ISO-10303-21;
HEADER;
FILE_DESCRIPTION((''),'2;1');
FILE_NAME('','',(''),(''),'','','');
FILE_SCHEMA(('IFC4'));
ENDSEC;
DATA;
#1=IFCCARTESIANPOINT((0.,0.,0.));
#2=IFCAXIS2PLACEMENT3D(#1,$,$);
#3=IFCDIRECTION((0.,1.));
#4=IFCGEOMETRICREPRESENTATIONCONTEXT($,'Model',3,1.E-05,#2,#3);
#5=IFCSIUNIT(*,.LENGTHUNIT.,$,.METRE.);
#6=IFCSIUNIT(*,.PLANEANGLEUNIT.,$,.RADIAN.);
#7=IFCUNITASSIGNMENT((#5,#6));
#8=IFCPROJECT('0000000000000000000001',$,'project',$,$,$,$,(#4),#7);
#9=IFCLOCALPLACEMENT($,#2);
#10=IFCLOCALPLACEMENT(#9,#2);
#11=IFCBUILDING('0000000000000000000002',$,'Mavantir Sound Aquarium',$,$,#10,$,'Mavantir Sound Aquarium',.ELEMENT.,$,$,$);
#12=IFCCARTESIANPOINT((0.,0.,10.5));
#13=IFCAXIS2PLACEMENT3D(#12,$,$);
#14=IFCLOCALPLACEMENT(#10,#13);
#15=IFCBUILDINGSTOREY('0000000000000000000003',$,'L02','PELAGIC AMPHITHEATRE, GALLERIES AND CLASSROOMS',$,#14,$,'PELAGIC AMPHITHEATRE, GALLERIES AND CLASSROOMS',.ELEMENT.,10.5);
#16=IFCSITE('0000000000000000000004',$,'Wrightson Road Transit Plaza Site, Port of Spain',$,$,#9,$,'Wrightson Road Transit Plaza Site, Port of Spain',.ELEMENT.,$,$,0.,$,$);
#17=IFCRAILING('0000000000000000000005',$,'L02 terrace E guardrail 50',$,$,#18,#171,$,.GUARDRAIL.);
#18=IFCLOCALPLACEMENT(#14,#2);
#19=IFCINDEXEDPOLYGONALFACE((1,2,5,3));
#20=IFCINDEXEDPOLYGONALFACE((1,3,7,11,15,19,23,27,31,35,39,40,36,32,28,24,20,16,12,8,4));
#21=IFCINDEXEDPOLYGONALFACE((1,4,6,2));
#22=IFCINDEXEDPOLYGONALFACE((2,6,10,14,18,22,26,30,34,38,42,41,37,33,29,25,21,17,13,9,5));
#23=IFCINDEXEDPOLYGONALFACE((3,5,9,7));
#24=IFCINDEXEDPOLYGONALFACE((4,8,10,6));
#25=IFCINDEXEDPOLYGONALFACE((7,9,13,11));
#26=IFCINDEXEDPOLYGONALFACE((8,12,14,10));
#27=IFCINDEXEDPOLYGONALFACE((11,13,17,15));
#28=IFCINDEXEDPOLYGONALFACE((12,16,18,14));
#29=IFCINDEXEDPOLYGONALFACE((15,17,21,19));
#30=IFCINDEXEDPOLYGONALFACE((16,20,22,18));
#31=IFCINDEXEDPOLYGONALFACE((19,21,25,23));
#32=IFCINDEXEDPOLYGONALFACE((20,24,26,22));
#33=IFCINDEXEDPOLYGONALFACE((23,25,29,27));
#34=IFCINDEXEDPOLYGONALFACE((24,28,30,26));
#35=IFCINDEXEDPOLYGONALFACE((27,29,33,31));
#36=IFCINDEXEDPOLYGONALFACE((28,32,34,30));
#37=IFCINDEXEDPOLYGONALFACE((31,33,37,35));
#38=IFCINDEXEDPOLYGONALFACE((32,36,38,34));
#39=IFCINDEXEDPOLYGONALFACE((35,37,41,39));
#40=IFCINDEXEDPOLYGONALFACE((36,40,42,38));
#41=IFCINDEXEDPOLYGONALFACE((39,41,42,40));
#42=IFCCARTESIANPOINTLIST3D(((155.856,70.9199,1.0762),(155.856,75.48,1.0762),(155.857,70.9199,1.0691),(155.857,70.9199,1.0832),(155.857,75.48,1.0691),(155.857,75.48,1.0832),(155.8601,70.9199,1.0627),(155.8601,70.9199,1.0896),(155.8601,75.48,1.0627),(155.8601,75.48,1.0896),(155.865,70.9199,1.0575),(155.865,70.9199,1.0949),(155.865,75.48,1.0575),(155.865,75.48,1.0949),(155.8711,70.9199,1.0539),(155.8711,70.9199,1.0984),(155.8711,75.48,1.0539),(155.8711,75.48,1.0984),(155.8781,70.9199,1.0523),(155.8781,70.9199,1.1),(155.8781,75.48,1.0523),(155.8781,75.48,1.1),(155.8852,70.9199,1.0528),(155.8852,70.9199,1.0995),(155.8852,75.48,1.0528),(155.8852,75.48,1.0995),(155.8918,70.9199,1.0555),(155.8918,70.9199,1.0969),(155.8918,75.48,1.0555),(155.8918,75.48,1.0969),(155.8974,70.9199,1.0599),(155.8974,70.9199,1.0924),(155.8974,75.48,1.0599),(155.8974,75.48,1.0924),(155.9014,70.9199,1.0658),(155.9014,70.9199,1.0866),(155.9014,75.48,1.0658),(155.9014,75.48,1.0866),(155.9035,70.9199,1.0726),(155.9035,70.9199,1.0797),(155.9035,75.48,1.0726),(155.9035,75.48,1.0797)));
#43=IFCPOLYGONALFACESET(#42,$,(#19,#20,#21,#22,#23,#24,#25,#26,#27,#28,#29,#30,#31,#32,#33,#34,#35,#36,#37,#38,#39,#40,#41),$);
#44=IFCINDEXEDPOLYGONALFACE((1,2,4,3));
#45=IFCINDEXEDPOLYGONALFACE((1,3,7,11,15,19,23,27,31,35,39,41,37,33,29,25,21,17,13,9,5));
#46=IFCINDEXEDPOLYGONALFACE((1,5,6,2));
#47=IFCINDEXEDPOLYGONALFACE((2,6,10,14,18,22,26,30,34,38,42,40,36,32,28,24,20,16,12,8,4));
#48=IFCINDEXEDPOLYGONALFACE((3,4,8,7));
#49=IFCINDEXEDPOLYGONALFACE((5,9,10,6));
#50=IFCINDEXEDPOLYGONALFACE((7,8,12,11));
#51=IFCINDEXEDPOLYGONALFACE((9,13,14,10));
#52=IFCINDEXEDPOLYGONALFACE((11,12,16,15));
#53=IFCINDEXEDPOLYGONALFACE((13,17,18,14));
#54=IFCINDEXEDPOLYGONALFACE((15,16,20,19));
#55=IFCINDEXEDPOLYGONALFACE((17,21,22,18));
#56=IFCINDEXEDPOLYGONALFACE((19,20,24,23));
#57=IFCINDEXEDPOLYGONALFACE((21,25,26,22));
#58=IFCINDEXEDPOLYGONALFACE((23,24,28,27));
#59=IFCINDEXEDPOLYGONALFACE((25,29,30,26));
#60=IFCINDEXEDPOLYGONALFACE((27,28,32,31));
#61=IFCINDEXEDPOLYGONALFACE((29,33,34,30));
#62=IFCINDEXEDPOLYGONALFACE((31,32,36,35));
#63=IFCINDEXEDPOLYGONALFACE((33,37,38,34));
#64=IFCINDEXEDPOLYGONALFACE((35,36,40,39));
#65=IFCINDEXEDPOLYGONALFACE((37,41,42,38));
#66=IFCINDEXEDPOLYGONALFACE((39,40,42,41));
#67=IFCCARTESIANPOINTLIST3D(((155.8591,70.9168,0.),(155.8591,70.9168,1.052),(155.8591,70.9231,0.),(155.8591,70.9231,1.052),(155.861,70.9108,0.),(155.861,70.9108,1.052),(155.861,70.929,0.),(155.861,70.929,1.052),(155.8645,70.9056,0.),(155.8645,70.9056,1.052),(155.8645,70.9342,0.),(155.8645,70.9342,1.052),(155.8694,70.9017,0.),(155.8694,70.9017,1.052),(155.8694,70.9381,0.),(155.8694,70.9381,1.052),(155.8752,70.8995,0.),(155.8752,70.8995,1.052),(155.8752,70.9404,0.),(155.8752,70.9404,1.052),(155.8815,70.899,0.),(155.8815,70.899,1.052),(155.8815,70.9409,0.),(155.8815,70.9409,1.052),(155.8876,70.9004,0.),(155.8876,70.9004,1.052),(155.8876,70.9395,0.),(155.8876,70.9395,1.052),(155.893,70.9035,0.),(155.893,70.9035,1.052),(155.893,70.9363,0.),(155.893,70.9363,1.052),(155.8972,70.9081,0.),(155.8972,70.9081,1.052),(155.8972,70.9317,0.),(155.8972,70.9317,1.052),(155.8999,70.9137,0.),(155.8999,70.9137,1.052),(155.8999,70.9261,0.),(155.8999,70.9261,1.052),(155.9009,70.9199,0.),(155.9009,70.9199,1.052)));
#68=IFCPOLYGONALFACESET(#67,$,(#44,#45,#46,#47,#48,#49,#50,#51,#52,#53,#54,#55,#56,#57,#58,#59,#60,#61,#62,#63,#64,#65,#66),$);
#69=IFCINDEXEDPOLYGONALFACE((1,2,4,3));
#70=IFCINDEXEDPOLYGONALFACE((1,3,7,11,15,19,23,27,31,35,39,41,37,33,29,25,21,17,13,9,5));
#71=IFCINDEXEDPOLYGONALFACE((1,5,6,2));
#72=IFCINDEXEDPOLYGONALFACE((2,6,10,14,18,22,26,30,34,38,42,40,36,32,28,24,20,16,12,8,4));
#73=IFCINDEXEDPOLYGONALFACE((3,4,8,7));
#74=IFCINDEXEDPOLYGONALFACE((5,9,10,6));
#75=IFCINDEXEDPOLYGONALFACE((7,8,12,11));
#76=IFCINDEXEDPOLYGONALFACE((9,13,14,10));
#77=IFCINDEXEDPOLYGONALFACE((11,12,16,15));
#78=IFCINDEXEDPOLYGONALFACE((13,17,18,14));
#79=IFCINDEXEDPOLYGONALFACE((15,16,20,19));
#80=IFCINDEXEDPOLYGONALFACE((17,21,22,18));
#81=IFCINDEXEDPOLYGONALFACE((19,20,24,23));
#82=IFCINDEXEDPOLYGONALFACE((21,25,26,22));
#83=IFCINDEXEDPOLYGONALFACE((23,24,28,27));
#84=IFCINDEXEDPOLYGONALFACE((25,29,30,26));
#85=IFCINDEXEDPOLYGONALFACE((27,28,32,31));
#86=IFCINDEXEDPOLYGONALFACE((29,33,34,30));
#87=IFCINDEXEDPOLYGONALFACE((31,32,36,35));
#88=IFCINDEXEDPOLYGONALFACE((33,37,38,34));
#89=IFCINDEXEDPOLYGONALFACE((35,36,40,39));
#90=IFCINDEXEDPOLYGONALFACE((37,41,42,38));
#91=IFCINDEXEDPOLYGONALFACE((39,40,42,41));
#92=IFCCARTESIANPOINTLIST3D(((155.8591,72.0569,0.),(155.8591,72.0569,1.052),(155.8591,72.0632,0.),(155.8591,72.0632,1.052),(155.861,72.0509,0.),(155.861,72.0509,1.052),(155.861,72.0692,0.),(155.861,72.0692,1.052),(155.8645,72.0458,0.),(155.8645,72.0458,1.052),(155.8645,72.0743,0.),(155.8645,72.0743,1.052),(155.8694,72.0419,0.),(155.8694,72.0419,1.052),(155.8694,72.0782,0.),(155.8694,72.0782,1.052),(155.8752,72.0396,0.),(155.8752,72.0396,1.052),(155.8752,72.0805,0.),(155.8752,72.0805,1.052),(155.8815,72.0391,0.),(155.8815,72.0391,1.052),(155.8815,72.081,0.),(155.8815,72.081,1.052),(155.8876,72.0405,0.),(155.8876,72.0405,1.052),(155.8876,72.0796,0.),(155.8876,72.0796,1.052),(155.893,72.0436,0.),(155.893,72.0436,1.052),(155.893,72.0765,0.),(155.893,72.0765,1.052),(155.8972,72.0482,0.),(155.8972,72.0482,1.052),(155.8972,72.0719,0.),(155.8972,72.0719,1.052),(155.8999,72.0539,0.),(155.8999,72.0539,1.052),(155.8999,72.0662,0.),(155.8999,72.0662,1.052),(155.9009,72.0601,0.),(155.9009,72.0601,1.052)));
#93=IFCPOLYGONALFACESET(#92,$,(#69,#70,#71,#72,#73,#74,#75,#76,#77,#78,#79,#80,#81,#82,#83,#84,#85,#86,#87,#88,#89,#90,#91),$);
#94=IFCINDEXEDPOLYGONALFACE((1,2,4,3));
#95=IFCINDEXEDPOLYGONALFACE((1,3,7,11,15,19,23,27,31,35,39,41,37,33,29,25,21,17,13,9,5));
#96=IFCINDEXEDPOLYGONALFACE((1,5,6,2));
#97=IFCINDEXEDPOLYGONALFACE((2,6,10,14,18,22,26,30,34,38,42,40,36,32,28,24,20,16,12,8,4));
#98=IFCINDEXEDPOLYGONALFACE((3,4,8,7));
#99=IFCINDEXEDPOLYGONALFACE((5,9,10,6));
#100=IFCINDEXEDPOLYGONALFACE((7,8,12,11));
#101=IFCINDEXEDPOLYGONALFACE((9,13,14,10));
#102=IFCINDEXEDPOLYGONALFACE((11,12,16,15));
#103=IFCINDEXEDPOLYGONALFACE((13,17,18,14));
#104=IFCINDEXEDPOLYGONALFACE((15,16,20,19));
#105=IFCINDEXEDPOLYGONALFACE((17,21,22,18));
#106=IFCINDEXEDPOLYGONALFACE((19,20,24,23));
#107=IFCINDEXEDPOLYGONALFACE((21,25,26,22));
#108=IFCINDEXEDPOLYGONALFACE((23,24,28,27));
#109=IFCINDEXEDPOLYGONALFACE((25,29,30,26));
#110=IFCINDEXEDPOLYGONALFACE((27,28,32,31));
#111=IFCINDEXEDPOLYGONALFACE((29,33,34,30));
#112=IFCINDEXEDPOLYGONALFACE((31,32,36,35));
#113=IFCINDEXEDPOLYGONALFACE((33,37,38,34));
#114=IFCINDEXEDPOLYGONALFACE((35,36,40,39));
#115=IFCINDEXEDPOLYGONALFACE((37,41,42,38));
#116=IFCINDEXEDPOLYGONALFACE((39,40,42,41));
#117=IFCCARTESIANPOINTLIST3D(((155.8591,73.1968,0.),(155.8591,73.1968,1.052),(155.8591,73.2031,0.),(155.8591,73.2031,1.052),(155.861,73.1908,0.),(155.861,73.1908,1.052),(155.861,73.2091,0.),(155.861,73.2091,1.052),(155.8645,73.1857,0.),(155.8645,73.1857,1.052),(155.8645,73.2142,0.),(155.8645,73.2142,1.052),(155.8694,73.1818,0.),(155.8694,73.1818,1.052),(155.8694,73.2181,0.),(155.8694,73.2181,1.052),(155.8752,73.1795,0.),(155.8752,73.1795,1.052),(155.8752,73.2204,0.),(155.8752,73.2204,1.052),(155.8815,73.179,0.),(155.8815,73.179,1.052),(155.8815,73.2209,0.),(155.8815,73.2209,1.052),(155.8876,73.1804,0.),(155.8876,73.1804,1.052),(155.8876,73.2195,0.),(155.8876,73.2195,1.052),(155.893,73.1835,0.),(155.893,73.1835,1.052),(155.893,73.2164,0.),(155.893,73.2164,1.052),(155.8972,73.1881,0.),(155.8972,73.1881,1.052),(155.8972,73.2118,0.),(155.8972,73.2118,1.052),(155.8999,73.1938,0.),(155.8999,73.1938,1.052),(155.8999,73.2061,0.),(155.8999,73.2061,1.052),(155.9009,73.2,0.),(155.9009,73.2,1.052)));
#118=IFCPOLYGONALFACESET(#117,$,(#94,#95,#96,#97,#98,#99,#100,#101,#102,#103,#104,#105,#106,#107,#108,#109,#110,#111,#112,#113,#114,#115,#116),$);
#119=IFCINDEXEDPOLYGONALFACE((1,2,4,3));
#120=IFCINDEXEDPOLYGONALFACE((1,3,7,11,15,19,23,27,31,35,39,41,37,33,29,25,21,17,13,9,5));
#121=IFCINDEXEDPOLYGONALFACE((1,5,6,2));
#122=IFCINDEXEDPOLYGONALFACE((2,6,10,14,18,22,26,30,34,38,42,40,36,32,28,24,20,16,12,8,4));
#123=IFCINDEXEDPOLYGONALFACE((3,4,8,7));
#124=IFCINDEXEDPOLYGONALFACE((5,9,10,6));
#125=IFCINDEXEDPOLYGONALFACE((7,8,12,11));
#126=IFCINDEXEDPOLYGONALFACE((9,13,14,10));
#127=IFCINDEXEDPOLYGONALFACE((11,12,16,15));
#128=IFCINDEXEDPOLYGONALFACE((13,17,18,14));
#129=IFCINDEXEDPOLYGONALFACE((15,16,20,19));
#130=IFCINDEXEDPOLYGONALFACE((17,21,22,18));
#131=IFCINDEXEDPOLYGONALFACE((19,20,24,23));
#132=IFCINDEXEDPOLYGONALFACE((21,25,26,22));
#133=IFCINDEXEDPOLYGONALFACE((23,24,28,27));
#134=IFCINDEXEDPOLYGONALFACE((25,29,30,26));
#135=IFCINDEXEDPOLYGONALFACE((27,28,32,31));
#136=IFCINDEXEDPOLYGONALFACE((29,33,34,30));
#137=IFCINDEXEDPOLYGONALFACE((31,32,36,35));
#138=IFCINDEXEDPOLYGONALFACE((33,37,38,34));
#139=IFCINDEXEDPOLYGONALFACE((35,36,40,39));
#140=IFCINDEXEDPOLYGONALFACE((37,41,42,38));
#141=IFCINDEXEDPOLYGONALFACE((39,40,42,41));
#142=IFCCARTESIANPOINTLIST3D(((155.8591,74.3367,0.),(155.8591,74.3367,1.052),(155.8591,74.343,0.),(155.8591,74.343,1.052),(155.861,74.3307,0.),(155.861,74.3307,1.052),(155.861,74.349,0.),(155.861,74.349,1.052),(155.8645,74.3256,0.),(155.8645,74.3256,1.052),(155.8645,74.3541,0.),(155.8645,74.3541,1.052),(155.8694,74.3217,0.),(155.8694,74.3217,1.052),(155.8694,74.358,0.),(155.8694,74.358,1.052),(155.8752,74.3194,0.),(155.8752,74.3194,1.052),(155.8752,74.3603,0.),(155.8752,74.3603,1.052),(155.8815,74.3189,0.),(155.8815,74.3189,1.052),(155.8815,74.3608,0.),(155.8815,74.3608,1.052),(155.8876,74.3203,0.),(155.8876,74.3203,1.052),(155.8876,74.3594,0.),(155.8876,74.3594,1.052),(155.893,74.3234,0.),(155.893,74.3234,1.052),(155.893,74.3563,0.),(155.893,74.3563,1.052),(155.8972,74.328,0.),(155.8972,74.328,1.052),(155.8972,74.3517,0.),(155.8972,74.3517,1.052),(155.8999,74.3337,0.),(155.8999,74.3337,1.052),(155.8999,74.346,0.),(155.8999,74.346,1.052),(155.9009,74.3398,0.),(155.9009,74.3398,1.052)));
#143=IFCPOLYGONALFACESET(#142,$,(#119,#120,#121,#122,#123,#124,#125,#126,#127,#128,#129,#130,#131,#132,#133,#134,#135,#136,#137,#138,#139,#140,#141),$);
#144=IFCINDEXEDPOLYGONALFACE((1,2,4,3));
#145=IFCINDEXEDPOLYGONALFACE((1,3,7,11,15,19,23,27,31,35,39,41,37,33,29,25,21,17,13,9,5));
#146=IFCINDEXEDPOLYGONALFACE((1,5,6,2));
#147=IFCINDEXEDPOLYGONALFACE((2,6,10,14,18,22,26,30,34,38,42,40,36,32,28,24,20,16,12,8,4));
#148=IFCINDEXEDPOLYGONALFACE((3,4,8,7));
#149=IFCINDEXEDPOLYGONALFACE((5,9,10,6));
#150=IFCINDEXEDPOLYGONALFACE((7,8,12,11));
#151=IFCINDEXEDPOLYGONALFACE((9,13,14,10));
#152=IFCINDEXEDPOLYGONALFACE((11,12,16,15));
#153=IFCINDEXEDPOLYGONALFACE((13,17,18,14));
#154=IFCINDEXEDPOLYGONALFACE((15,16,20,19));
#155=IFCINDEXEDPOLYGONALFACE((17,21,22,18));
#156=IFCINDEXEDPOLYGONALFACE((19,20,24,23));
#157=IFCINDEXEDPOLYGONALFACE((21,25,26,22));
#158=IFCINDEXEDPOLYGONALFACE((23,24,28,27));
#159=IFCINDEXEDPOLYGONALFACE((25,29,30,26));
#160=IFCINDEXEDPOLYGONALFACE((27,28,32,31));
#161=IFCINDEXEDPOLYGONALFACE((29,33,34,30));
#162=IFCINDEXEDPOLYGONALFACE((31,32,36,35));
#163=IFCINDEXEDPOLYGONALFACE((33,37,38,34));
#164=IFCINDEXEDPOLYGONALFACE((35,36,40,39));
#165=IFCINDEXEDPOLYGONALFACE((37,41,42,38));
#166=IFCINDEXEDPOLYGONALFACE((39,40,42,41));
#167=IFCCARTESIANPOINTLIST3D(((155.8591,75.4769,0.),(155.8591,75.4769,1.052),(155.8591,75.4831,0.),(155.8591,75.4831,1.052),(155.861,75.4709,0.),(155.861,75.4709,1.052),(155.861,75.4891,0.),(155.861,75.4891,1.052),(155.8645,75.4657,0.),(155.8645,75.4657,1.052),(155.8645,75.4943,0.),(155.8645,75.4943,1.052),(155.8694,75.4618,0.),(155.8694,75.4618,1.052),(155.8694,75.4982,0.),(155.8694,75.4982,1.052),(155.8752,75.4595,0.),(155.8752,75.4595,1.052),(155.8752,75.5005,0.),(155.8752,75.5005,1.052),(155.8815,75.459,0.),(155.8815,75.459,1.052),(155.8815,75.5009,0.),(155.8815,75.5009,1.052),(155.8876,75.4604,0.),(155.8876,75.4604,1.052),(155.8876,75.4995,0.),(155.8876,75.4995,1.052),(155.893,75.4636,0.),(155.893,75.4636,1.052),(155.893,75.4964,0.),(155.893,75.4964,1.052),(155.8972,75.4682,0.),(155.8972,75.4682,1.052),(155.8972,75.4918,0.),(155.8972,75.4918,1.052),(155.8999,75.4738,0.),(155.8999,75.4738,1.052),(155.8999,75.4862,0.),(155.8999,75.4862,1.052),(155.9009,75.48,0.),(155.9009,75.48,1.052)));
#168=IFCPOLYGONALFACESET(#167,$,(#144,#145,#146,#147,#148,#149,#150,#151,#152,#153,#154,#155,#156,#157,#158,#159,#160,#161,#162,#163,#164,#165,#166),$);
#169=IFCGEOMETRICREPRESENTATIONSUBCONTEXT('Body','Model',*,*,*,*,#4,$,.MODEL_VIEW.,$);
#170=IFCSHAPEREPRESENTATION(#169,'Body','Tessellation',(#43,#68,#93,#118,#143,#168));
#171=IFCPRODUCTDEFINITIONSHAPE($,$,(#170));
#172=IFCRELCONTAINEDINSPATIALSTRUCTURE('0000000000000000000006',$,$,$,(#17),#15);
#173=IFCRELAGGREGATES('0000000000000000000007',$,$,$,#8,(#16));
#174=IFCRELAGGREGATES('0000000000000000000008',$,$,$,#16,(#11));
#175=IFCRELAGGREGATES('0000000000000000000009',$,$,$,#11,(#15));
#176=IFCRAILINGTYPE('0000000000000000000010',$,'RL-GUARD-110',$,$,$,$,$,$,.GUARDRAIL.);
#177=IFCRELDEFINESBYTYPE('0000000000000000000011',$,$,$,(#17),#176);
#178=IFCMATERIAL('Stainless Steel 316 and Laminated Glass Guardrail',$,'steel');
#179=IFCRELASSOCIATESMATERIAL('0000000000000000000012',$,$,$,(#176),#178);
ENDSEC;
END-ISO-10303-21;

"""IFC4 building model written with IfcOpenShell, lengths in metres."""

from ifc_helpers import new_model, si_unit, direction, frame, origin, origin_2d, place, context, subcontext, project, spatial, circle, extrude, material, type_object, element, save


model = new_model("IFC4")

# Units and contexts
model_context = context("Model", 3, precision=1e-05, world=origin(), true_north=direction((0.0, 1.0)))
body_context = subcontext(model_context, "Body", "Model", "MODEL_VIEW")
ifc_project = project(units=[si_unit("LENGTHUNIT", "METRE"), si_unit("PLANEANGLEUNIT", "RADIAN")], contexts=[model_context])

# Site, building, storey
site_placement = place(None, origin())
site = spatial("IfcSite", under=ifc_project, at=site_placement, Name="Wrightson Road Transit Plaza Site, Port of Spain", LongName="Wrightson Road Transit Plaza Site, Port of Spain", CompositionType="ELEMENT", RefElevation=0.0)
building_placement = place(site_placement, origin())
building = spatial("IfcBuilding", under=site, at=building_placement, Name="Mavantir Sound Aquarium", LongName="Mavantir Sound Aquarium", CompositionType="ELEMENT")
storey_placement = place(building_placement, frame((0.0, 0.0, 10.5)))
storey = spatial("IfcBuildingStorey", under=building, at=storey_placement, Name="L02", Description="PELAGIC AMPHITHEATRE, GALLERIES AND CLASSROOMS", LongName="PELAGIC AMPHITHEATRE, GALLERIES AND CLASSROOMS", CompositionType="ELEMENT", Elevation=10.5)

# Railing
ifc_material_1 = material(Name="Stainless Steel 316 and Laminated Glass Guardrail", Category="steel")
railing_type = type_object("IfcRailingType", Name="RL-GUARD-110", PredefinedType="GUARDRAIL", material=ifc_material_1)
railing_1_placement = place(storey_placement, frame((155.8799, 70.9199, 0.0)))
element("IfcRailing", 1, at=railing_1_placement, inside=storey, type_object=railing_type, Name="L02 terrace E guardrail 50", PredefinedType="GUARDRAIL", context=body_context, shape_type="SweptSolid", body=[
    extrude(circle(Radius=0.0239, at=origin_2d()), frame((0.0, 0.0, 1.0762), z_axis=(0.0, 1.0, 0.0), x_axis=(-1.0, 0.0, 0.0)), (0.0, 0.0, 1.0), 4.5601),
    extrude(circle(Radius=0.021, at=origin_2d()), origin(), (0.0, 0.0, 1.0), 1.052),
    extrude(circle(Radius=0.021, at=origin_2d()), frame((0.0, 1.1401, 0.0)), (0.0, 0.0, 1.0), 1.052),
    extrude(circle(Radius=0.021, at=origin_2d()), frame((0.0, 2.28, 0.0)), (0.0, 0.0, 1.0), 1.052),
    extrude(circle(Radius=0.021, at=origin_2d()), frame((0.0, 3.4199, 0.0)), (0.0, 0.0, 1.0), 1.052),
    extrude(circle(Radius=0.021, at=origin_2d()), frame((0.0, 4.5601, 0.0)), (0.0, 0.0, 1.0), 1.052),
])

save(model, "model.ifc")
